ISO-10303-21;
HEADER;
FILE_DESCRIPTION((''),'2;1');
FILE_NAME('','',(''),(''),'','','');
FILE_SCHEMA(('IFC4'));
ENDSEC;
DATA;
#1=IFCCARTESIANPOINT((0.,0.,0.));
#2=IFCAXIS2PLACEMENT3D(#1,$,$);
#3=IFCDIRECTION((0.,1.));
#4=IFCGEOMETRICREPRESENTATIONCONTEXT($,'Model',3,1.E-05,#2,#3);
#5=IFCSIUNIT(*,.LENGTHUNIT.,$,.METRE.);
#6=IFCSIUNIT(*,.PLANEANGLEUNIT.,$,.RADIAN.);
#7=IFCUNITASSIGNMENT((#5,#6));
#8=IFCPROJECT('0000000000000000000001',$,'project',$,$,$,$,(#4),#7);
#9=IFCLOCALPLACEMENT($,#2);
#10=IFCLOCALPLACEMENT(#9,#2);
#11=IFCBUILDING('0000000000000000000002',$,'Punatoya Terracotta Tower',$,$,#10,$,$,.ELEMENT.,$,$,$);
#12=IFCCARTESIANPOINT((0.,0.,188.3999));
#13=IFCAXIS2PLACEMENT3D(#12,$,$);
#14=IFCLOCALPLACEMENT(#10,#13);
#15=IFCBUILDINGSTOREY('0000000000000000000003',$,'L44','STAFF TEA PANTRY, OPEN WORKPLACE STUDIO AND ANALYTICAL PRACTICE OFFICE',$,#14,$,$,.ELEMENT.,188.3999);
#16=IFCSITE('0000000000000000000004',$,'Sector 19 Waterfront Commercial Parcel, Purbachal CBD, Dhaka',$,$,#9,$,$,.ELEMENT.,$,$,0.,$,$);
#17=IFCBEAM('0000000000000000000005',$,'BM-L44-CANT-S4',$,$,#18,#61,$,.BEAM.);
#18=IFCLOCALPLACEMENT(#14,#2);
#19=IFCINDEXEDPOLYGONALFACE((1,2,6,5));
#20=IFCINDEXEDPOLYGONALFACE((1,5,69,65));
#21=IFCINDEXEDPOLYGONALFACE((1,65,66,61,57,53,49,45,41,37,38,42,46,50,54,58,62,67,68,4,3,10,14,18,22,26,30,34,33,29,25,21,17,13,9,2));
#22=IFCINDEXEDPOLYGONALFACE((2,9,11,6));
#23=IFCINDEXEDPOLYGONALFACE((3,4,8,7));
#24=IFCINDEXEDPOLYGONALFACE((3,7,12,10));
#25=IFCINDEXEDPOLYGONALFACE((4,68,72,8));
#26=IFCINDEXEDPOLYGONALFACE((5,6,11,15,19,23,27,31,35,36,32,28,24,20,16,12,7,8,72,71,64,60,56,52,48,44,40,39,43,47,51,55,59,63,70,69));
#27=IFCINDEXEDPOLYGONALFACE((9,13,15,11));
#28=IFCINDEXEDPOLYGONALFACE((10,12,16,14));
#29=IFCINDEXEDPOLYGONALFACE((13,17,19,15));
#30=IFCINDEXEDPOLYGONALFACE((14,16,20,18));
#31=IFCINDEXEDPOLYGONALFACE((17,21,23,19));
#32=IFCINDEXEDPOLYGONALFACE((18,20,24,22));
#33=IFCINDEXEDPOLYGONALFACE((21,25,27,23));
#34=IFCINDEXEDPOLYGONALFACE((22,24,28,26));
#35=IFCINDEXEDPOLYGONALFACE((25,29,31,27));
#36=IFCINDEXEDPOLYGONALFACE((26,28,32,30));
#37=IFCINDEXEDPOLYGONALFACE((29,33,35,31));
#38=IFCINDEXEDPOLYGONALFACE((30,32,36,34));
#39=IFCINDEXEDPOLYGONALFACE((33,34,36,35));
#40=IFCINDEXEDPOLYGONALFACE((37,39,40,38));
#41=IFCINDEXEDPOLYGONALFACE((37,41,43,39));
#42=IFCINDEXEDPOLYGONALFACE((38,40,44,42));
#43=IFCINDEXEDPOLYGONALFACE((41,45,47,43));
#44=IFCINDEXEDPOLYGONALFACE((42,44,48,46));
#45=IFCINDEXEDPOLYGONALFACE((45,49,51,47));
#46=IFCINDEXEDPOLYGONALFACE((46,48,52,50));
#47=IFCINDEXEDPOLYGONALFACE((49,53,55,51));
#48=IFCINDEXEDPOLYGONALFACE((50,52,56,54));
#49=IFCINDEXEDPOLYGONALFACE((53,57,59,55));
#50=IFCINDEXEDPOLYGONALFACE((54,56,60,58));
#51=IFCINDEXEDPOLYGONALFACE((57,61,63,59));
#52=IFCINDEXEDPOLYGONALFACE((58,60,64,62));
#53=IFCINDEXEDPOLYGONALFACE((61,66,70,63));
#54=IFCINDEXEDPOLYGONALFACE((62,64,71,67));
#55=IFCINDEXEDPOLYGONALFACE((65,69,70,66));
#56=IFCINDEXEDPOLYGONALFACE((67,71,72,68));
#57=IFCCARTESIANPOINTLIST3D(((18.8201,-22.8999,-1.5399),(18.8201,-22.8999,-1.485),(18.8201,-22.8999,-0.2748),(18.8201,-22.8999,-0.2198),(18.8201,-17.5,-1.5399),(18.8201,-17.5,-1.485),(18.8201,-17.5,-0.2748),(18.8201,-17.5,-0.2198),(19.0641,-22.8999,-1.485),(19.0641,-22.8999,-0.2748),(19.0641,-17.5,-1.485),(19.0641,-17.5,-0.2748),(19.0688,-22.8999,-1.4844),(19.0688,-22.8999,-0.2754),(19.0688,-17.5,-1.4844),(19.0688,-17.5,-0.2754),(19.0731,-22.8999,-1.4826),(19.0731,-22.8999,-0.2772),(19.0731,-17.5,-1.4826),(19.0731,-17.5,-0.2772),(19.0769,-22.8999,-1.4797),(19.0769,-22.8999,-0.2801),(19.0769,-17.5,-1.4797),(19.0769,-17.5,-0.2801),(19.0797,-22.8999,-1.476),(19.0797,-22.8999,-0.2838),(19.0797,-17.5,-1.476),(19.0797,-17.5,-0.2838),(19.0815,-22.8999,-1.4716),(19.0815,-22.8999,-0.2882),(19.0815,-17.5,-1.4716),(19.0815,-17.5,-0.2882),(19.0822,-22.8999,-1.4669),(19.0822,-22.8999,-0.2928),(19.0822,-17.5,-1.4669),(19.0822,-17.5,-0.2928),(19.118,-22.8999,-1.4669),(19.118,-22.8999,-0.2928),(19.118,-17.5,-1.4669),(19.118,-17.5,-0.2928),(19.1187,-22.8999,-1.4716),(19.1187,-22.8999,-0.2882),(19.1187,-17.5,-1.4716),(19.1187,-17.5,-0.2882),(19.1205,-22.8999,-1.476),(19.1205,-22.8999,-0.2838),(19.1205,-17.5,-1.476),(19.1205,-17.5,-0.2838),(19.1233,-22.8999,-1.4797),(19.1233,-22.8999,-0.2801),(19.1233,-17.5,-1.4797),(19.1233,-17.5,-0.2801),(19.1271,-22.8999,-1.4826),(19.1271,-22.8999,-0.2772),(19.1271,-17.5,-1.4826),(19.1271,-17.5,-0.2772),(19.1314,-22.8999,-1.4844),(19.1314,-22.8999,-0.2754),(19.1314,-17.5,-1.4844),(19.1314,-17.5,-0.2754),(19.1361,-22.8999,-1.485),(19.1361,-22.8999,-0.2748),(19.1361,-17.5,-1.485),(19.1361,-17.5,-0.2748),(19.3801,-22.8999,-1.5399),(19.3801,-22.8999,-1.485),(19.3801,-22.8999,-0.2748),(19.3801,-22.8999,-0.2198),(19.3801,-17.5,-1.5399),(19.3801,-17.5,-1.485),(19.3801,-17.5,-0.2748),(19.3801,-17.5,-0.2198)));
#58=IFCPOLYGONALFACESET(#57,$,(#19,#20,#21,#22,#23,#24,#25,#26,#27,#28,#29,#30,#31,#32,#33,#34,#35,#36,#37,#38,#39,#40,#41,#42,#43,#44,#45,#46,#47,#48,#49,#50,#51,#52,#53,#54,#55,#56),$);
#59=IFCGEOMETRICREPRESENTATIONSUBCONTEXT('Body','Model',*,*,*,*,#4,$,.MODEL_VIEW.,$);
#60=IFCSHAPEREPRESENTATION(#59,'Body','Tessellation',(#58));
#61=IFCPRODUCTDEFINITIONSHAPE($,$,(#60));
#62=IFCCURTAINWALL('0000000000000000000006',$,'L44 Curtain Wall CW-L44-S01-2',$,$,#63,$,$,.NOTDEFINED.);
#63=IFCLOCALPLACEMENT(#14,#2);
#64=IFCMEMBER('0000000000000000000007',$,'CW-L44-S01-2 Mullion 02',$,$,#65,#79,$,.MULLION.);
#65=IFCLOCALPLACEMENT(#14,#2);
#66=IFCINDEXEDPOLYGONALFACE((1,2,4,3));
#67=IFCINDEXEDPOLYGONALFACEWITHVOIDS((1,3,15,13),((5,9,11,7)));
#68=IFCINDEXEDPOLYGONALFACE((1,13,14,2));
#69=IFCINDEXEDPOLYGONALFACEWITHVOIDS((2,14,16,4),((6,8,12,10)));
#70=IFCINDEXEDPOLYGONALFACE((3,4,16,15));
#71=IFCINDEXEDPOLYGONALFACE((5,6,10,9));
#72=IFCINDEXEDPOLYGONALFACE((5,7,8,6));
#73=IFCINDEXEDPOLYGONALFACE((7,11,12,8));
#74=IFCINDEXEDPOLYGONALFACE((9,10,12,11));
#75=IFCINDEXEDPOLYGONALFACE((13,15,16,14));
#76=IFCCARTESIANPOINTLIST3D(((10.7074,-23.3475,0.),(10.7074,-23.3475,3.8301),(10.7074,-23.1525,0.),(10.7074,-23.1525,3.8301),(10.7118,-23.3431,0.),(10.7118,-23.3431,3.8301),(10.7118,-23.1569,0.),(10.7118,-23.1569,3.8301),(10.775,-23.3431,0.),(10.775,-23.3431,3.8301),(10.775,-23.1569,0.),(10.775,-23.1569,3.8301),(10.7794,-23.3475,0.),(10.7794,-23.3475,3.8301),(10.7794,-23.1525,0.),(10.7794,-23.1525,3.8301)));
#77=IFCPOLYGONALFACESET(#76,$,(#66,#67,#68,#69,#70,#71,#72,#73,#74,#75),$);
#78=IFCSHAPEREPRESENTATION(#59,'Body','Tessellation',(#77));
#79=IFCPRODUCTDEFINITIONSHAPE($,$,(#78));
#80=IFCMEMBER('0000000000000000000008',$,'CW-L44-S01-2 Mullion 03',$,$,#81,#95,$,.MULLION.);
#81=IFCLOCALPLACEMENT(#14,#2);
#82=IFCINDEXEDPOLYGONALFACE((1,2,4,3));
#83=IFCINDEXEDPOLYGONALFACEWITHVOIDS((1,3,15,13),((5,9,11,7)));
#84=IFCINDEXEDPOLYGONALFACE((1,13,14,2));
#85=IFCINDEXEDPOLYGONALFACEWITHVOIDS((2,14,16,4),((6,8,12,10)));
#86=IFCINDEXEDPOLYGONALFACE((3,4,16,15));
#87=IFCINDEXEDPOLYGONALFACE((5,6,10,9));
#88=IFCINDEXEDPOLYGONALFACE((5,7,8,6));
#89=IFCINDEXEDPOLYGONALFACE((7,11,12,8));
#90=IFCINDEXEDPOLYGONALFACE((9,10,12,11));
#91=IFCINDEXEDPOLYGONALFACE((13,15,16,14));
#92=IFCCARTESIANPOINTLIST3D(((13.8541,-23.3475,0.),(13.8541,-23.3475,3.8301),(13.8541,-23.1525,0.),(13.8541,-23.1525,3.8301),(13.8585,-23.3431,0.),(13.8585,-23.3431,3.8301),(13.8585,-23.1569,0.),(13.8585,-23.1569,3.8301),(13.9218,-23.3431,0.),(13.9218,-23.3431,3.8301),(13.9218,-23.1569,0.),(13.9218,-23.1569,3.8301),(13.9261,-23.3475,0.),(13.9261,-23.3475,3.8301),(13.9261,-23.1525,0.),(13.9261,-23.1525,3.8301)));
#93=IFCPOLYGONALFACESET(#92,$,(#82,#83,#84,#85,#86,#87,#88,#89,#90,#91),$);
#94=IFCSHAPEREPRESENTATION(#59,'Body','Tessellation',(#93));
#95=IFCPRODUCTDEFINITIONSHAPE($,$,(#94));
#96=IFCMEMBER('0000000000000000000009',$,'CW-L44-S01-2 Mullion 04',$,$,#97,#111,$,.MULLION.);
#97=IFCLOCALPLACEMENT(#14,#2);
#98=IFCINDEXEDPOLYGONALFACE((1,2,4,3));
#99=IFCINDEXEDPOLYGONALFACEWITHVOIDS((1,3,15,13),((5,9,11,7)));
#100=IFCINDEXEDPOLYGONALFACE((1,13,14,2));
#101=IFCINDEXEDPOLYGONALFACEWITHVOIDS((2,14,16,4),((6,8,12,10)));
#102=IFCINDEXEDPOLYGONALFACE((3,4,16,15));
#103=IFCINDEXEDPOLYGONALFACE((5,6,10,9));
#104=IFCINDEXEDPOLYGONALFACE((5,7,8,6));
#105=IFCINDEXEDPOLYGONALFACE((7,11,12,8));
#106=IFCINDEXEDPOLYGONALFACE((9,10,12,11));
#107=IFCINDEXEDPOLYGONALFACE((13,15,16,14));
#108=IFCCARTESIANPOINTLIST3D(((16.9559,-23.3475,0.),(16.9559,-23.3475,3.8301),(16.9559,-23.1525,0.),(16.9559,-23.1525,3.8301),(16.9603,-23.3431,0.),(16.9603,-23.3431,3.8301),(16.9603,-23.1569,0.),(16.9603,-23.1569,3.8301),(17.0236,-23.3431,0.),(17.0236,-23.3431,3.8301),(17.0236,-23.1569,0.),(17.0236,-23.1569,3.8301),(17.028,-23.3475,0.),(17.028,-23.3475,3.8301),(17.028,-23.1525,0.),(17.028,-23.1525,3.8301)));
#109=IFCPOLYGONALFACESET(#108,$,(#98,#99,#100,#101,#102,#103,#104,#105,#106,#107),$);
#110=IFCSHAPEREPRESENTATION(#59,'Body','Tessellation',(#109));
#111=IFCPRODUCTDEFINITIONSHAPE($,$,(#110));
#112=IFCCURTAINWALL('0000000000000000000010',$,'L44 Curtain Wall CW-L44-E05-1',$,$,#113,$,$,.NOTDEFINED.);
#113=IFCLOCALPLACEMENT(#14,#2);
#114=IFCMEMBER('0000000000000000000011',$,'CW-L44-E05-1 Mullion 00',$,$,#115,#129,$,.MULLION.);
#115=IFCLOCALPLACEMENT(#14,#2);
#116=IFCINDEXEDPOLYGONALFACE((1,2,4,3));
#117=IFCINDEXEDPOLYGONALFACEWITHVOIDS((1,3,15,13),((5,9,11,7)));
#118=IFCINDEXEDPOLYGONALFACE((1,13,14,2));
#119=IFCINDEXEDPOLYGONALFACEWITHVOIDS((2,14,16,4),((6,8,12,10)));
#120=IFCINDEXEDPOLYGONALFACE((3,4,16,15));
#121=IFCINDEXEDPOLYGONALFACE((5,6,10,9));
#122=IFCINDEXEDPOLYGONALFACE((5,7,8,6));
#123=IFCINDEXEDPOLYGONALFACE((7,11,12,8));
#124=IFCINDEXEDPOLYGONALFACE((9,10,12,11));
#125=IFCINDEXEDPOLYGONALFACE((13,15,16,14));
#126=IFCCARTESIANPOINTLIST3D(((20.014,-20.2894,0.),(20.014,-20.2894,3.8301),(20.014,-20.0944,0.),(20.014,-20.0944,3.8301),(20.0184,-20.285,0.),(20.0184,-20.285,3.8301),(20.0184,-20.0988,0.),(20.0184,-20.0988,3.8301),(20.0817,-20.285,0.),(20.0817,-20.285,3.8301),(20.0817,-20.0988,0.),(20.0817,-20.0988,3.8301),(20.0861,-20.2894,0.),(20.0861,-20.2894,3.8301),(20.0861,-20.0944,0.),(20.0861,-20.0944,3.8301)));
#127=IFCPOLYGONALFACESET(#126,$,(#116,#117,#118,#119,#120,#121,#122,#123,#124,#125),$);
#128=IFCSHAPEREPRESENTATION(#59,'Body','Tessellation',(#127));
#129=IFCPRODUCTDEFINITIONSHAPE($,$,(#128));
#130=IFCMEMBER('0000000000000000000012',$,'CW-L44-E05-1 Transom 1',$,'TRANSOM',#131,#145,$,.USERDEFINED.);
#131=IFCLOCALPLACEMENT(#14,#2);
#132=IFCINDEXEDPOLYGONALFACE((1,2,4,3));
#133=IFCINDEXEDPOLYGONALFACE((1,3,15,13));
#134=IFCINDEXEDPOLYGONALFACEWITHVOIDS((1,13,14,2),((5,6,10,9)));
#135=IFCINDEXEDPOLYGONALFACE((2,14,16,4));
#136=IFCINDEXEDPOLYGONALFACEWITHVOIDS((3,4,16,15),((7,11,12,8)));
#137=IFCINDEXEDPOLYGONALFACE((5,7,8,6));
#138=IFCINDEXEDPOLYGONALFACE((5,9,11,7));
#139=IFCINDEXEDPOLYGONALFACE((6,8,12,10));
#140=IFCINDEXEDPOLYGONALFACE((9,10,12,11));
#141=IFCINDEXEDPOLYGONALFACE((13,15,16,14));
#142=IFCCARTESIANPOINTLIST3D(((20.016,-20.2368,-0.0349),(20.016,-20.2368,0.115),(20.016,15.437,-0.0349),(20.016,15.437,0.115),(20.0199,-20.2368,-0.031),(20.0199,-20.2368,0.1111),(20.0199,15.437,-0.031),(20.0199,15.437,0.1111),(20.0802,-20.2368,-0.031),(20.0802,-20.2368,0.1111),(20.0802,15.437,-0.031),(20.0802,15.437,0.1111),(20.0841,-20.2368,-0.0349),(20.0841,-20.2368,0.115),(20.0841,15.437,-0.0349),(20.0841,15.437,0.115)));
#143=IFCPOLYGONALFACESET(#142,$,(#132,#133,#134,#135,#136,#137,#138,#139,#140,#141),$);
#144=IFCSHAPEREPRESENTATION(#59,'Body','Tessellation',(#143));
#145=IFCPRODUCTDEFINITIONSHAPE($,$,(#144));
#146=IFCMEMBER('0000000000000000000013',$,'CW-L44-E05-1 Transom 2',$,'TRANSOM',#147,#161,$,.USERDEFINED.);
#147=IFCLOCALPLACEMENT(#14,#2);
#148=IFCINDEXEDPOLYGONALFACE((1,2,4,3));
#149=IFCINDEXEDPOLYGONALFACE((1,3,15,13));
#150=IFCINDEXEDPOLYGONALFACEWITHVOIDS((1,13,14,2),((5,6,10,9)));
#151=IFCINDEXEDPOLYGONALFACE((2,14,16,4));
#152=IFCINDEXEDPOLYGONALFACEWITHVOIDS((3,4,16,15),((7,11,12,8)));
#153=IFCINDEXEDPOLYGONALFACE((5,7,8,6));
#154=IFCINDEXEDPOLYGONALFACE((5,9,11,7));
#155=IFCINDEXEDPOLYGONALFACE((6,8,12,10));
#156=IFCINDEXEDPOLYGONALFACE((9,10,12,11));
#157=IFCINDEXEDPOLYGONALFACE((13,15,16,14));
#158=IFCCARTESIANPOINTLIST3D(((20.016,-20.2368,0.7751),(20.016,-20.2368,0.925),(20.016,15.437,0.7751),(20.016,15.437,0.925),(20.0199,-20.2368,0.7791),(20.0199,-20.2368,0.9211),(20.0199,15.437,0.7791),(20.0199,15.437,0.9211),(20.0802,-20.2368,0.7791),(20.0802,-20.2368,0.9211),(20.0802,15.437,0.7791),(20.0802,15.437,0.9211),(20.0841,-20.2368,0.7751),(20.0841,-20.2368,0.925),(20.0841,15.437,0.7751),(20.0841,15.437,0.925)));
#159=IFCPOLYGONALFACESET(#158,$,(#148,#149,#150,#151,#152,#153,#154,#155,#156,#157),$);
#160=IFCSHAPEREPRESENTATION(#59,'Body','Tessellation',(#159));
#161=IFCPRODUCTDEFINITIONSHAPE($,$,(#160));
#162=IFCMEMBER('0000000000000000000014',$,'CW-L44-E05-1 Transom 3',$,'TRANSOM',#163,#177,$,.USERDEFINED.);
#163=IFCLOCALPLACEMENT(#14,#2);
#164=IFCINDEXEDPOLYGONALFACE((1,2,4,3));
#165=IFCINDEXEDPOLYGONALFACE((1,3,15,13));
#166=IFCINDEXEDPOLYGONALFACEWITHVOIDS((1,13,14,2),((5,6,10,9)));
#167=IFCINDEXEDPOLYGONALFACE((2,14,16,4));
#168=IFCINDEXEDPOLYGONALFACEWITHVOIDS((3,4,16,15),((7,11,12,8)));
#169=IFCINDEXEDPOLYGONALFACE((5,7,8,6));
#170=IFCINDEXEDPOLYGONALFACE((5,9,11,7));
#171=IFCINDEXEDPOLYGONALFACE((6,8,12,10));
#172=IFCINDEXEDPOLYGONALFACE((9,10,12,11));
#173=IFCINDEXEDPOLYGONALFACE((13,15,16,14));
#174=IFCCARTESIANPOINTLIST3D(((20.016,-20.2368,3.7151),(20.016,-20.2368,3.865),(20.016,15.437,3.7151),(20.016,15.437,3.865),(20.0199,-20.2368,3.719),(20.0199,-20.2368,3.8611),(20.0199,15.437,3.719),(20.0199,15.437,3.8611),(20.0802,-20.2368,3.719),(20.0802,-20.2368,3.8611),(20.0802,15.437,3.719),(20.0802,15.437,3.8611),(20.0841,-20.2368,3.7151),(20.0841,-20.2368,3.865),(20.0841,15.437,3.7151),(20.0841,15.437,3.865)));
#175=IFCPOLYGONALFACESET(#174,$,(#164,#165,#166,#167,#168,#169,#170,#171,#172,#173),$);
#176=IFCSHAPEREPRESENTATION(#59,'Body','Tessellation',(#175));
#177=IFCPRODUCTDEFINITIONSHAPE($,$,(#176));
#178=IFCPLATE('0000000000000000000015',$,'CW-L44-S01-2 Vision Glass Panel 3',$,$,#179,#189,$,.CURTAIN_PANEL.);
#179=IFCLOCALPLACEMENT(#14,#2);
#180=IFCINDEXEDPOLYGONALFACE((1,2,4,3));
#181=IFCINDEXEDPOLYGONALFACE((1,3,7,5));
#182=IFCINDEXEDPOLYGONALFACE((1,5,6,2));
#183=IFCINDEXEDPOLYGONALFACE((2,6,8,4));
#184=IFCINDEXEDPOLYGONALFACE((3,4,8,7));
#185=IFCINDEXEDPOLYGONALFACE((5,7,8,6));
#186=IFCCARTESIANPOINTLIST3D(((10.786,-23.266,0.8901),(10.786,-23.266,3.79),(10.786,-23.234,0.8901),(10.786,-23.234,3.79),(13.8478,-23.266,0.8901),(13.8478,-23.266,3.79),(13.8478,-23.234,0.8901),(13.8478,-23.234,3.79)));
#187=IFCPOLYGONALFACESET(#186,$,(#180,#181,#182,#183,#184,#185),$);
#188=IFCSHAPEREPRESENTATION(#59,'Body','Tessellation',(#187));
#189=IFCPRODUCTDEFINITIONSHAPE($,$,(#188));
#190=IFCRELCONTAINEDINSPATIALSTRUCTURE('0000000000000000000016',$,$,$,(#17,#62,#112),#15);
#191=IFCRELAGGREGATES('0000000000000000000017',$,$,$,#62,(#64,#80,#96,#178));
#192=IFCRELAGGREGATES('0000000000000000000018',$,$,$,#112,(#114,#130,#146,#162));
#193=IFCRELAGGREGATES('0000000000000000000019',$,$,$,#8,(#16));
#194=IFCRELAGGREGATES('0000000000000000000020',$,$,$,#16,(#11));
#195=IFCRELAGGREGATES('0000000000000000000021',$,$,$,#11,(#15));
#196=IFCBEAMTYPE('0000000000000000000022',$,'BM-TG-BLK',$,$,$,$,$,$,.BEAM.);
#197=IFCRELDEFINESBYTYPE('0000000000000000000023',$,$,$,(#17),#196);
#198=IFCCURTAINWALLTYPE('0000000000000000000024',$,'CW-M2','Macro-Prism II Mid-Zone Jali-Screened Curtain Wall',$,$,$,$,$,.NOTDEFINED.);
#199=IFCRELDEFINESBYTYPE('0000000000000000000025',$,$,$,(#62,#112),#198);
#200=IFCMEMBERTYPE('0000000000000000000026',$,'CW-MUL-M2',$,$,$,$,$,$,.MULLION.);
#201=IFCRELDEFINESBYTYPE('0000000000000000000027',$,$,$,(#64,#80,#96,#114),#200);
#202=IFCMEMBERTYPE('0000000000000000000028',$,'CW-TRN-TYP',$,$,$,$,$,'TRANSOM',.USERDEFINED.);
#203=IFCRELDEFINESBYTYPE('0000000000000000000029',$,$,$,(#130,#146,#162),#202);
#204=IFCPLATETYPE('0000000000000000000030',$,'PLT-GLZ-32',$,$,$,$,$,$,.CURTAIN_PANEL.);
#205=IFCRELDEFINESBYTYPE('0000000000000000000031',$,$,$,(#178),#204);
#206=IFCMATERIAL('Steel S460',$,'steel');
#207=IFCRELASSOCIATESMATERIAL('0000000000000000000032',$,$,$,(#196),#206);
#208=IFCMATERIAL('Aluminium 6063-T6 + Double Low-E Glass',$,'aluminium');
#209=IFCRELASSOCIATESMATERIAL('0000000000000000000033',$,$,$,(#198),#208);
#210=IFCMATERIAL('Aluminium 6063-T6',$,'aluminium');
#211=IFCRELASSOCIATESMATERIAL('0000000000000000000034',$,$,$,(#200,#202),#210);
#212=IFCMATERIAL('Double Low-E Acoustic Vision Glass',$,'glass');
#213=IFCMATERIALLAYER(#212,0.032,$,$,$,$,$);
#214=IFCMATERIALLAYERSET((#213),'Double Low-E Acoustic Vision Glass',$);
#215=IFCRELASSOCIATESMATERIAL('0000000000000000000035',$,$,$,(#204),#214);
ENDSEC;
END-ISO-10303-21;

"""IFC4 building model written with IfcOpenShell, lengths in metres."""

from ifc_helpers import new_model, si_unit, direction, frame, origin, origin_2d, place, context, subcontext, project, spatial, rectangle, hollow_rectangle, i_section, extrude, material, layer, layer_set, material_profile, profile_set, type_object, element, aggregate, save


model = new_model("IFC4")

# Units and contexts
model_context = context("Model", 3, precision=1e-05, world=origin(), true_north=direction((0.0, 1.0)))
body_context = subcontext(model_context, "Body", "Model", "MODEL_VIEW")
ifc_project = project(units=[si_unit("LENGTHUNIT", "METRE"), si_unit("PLANEANGLEUNIT", "RADIAN")], contexts=[model_context])

# Site, building, storey
site_placement = place(None, origin())
site = spatial("IfcSite", under=ifc_project, at=site_placement, Name="Sector 19 Waterfront Commercial Parcel, Purbachal CBD, Dhaka", CompositionType="ELEMENT", RefElevation=0.0)
building_placement = place(site_placement, origin())
building = spatial("IfcBuilding", under=site, at=building_placement, Name="Punatoya Terracotta Tower", CompositionType="ELEMENT")
storey_placement = place(building_placement, frame((0.0, 0.0, 188.3999)))
storey = spatial("IfcBuildingStorey", under=building, at=storey_placement, Name="L44", Description="STAFF TEA PANTRY, OPEN WORKPLACE STUDIO AND ANALYTICAL PRACTICE OFFICE", CompositionType="ELEMENT", Elevation=188.3999)

# Shared definitions
ifc_material_1 = material(Name="Steel S460", Category="steel")

# Beam
ifc_material_profile_1 = material_profile(ifc_material_1, i_section(OverallWidth=0.5601, OverallDepth=1.3201, WebThickness=0.0359, FlangeThickness=0.0549, FilletRadius=0.0181, at=origin_2d()))
ifc_profile_set_1 = profile_set([ifc_material_profile_1], Name="Steel S460")
beam_type_1 = type_object("IfcBeamType", Name="BM-TG-BLK", PredefinedType="BEAM", material=ifc_profile_set_1)
beam_1_placement = place(storey_placement, frame((19.1001, -22.8999, -0.8799), z_axis=(0.0, 1.0, 0.0), x_axis=(-1.0, 0.0, 0.0)))
element("IfcBeam", 1, at=beam_1_placement, inside=storey, type_object=beam_type_1, Name="BM-L44-CANT-S4", PredefinedType="BEAM", context=body_context, shape_type="SweptSolid", body=[
    extrude(i_section(OverallWidth=0.5601, OverallDepth=1.3201, WebThickness=0.0359, FlangeThickness=0.0549, FilletRadius=0.0181, at=origin_2d()), origin(), (0.0, 0.0, 1.0), 5.3999),
])

# Curtain walls, members
ifc_material_2 = material(Name="Aluminium 6063-T6 + Double Low-E Glass", Category="aluminium")
curtain_wall_type = type_object("IfcCurtainWallType", Name="CW-M2", Description="Macro-Prism II Mid-Zone Jali-Screened Curtain Wall", PredefinedType="NOTDEFINED", material=ifc_material_2)
curtain_wall_1_placement = place(storey_placement, origin())
curtain_wall_1 = element("IfcCurtainWall", 2, at=curtain_wall_1_placement, inside=storey, type_object=curtain_wall_type, Name="L44 Curtain Wall CW-L44-S01-2", PredefinedType="NOTDEFINED")
ifc_material_3 = material(Name="Aluminium 6063-T6", Category="aluminium")
ifc_material_profile_2 = material_profile(ifc_material_3, hollow_rectangle(XDim=0.072, YDim=0.1951, WallThickness=0.0044, at=origin_2d()))
ifc_profile_set_2 = profile_set([ifc_material_profile_2], Name="Aluminium 6063-T6")
member_type_1 = type_object("IfcMemberType", Name="CW-MUL-M2", PredefinedType="MULLION", material=ifc_profile_set_2)
member_1_placement = place(storey_placement, frame((10.7434, -23.25, 0.0), z_axis=(0.0, 0.0, 1.0), x_axis=(1.0, 0.0, 0.0)))
member_1 = element("IfcMember", 3, at=member_1_placement, type_object=member_type_1, Name="CW-L44-S01-2 Mullion 02", PredefinedType="MULLION", context=body_context, shape_type="SweptSolid", body=[
    extrude(hollow_rectangle(XDim=0.072, YDim=0.1951, WallThickness=0.0044, at=origin_2d()), origin(), (0.0, 0.0, 1.0), 3.8301),
])
member_2_placement = place(storey_placement, frame((13.8901, -23.25, 0.0), z_axis=(0.0, 0.0, 1.0), x_axis=(1.0, 0.0, 0.0)))
member_2 = element("IfcMember", 4, at=member_2_placement, type_object=member_type_1, Name="CW-L44-S01-2 Mullion 03", PredefinedType="MULLION", context=body_context, shape_type="SweptSolid", body=[
    extrude(hollow_rectangle(XDim=0.072, YDim=0.1951, WallThickness=0.0044, at=origin_2d()), origin(), (0.0, 0.0, 1.0), 3.8301),
])
member_3_placement = place(storey_placement, frame((16.9919, -23.25, 0.0), z_axis=(0.0, 0.0, 1.0), x_axis=(1.0, 0.0, 0.0)))
member_3 = element("IfcMember", 5, at=member_3_placement, type_object=member_type_1, Name="CW-L44-S01-2 Mullion 04", PredefinedType="MULLION", context=body_context, shape_type="SweptSolid", body=[
    extrude(hollow_rectangle(XDim=0.072, YDim=0.1951, WallThickness=0.0044, at=origin_2d()), origin(), (0.0, 0.0, 1.0), 3.8301),
])
curtain_wall_2_placement = place(storey_placement, origin())
curtain_wall_2 = element("IfcCurtainWall", 6, at=curtain_wall_2_placement, inside=storey, type_object=curtain_wall_type, Name="L44 Curtain Wall CW-L44-E05-1", PredefinedType="NOTDEFINED")
member_4_placement = place(storey_placement, frame((20.05, -20.1919, 0.0), z_axis=(0.0, 0.0, 1.0), x_axis=(1.0, 0.0, 0.0)))
member_4 = element("IfcMember", 7, at=member_4_placement, type_object=member_type_1, Name="CW-L44-E05-1 Mullion 00", PredefinedType="MULLION", context=body_context, shape_type="SweptSolid", body=[
    extrude(hollow_rectangle(XDim=0.072, YDim=0.1951, WallThickness=0.0044, at=origin_2d()), origin(), (0.0, 0.0, 1.0), 3.8301),
])
ifc_material_profile_3 = material_profile(ifc_material_3, hollow_rectangle(XDim=0.0681, YDim=0.1499, WallThickness=0.0039, at=origin_2d()))
ifc_profile_set_3 = profile_set([ifc_material_profile_3], Name="Aluminium 6063-T6")
member_type_2 = type_object("IfcMemberType", Name="CW-TRN-TYP", ElementType="TRANSOM", PredefinedType="USERDEFINED", material=ifc_profile_set_3)
member_5_placement = place(storey_placement, frame((20.05, -20.2368, 0.04), z_axis=(0.0, 1.0, 0.0), x_axis=(-1.0, 0.0, 0.0)))
member_5 = element("IfcMember", 8, at=member_5_placement, type_object=member_type_2, Name="CW-L44-E05-1 Transom 1", ObjectType="TRANSOM", PredefinedType="USERDEFINED", context=body_context, shape_type="SweptSolid", body=[
    extrude(hollow_rectangle(XDim=0.0681, YDim=0.1499, WallThickness=0.0039, at=origin_2d()), origin(), (0.0, 0.0, 1.0), 35.6738),
])
member_6_placement = place(storey_placement, frame((20.05, -20.2368, 0.8501), z_axis=(0.0, 1.0, 0.0), x_axis=(-1.0, 0.0, 0.0)))
member_6 = element("IfcMember", 9, at=member_6_placement, type_object=member_type_2, Name="CW-L44-E05-1 Transom 2", ObjectType="TRANSOM", PredefinedType="USERDEFINED", context=body_context, shape_type="SweptSolid", body=[
    extrude(hollow_rectangle(XDim=0.0681, YDim=0.1499, WallThickness=0.0039, at=origin_2d()), origin(), (0.0, 0.0, 1.0), 35.6738),
])
member_7_placement = place(storey_placement, frame((20.05, -20.2368, 3.79), z_axis=(0.0, 1.0, 0.0), x_axis=(-1.0, 0.0, 0.0)))
member_7 = element("IfcMember", 10, at=member_7_placement, type_object=member_type_2, Name="CW-L44-E05-1 Transom 3", ObjectType="TRANSOM", PredefinedType="USERDEFINED", context=body_context, shape_type="SweptSolid", body=[
    extrude(hollow_rectangle(XDim=0.0681, YDim=0.1499, WallThickness=0.0039, at=origin_2d()), origin(), (0.0, 0.0, 1.0), 35.6738),
])

# Plate
ifc_material_4 = material(Name="Double Low-E Acoustic Vision Glass", Category="glass")
ifc_layer_1 = layer(ifc_material_4, 0.032)
ifc_layer_set_1 = layer_set([ifc_layer_1], Name="Double Low-E Acoustic Vision Glass")
plate_type_1 = type_object("IfcPlateType", Name="PLT-GLZ-32", PredefinedType="CURTAIN_PANEL", material=ifc_layer_set_1)
plate_1_placement = place(storey_placement, frame((12.3169, -23.25, 0.8901), z_axis=(0.0, 0.0, 1.0), x_axis=(1.0, 0.0, 0.0)))
plate_1 = element("IfcPlate", 11, at=plate_1_placement, type_object=plate_type_1, Name="CW-L44-S01-2 Vision Glass Panel 3", PredefinedType="CURTAIN_PANEL", context=body_context, shape_type="SweptSolid", body=[
    extrude(rectangle(XDim=3.0618, YDim=0.032, at=origin_2d()), origin(), (0.0, 0.0, 1.0), 2.8999),
])
aggregate(curtain_wall_1, [member_1, member_2, member_3, plate_1])
aggregate(curtain_wall_2, [member_4, member_5, member_6, member_7])

save(model, "model.ifc")
